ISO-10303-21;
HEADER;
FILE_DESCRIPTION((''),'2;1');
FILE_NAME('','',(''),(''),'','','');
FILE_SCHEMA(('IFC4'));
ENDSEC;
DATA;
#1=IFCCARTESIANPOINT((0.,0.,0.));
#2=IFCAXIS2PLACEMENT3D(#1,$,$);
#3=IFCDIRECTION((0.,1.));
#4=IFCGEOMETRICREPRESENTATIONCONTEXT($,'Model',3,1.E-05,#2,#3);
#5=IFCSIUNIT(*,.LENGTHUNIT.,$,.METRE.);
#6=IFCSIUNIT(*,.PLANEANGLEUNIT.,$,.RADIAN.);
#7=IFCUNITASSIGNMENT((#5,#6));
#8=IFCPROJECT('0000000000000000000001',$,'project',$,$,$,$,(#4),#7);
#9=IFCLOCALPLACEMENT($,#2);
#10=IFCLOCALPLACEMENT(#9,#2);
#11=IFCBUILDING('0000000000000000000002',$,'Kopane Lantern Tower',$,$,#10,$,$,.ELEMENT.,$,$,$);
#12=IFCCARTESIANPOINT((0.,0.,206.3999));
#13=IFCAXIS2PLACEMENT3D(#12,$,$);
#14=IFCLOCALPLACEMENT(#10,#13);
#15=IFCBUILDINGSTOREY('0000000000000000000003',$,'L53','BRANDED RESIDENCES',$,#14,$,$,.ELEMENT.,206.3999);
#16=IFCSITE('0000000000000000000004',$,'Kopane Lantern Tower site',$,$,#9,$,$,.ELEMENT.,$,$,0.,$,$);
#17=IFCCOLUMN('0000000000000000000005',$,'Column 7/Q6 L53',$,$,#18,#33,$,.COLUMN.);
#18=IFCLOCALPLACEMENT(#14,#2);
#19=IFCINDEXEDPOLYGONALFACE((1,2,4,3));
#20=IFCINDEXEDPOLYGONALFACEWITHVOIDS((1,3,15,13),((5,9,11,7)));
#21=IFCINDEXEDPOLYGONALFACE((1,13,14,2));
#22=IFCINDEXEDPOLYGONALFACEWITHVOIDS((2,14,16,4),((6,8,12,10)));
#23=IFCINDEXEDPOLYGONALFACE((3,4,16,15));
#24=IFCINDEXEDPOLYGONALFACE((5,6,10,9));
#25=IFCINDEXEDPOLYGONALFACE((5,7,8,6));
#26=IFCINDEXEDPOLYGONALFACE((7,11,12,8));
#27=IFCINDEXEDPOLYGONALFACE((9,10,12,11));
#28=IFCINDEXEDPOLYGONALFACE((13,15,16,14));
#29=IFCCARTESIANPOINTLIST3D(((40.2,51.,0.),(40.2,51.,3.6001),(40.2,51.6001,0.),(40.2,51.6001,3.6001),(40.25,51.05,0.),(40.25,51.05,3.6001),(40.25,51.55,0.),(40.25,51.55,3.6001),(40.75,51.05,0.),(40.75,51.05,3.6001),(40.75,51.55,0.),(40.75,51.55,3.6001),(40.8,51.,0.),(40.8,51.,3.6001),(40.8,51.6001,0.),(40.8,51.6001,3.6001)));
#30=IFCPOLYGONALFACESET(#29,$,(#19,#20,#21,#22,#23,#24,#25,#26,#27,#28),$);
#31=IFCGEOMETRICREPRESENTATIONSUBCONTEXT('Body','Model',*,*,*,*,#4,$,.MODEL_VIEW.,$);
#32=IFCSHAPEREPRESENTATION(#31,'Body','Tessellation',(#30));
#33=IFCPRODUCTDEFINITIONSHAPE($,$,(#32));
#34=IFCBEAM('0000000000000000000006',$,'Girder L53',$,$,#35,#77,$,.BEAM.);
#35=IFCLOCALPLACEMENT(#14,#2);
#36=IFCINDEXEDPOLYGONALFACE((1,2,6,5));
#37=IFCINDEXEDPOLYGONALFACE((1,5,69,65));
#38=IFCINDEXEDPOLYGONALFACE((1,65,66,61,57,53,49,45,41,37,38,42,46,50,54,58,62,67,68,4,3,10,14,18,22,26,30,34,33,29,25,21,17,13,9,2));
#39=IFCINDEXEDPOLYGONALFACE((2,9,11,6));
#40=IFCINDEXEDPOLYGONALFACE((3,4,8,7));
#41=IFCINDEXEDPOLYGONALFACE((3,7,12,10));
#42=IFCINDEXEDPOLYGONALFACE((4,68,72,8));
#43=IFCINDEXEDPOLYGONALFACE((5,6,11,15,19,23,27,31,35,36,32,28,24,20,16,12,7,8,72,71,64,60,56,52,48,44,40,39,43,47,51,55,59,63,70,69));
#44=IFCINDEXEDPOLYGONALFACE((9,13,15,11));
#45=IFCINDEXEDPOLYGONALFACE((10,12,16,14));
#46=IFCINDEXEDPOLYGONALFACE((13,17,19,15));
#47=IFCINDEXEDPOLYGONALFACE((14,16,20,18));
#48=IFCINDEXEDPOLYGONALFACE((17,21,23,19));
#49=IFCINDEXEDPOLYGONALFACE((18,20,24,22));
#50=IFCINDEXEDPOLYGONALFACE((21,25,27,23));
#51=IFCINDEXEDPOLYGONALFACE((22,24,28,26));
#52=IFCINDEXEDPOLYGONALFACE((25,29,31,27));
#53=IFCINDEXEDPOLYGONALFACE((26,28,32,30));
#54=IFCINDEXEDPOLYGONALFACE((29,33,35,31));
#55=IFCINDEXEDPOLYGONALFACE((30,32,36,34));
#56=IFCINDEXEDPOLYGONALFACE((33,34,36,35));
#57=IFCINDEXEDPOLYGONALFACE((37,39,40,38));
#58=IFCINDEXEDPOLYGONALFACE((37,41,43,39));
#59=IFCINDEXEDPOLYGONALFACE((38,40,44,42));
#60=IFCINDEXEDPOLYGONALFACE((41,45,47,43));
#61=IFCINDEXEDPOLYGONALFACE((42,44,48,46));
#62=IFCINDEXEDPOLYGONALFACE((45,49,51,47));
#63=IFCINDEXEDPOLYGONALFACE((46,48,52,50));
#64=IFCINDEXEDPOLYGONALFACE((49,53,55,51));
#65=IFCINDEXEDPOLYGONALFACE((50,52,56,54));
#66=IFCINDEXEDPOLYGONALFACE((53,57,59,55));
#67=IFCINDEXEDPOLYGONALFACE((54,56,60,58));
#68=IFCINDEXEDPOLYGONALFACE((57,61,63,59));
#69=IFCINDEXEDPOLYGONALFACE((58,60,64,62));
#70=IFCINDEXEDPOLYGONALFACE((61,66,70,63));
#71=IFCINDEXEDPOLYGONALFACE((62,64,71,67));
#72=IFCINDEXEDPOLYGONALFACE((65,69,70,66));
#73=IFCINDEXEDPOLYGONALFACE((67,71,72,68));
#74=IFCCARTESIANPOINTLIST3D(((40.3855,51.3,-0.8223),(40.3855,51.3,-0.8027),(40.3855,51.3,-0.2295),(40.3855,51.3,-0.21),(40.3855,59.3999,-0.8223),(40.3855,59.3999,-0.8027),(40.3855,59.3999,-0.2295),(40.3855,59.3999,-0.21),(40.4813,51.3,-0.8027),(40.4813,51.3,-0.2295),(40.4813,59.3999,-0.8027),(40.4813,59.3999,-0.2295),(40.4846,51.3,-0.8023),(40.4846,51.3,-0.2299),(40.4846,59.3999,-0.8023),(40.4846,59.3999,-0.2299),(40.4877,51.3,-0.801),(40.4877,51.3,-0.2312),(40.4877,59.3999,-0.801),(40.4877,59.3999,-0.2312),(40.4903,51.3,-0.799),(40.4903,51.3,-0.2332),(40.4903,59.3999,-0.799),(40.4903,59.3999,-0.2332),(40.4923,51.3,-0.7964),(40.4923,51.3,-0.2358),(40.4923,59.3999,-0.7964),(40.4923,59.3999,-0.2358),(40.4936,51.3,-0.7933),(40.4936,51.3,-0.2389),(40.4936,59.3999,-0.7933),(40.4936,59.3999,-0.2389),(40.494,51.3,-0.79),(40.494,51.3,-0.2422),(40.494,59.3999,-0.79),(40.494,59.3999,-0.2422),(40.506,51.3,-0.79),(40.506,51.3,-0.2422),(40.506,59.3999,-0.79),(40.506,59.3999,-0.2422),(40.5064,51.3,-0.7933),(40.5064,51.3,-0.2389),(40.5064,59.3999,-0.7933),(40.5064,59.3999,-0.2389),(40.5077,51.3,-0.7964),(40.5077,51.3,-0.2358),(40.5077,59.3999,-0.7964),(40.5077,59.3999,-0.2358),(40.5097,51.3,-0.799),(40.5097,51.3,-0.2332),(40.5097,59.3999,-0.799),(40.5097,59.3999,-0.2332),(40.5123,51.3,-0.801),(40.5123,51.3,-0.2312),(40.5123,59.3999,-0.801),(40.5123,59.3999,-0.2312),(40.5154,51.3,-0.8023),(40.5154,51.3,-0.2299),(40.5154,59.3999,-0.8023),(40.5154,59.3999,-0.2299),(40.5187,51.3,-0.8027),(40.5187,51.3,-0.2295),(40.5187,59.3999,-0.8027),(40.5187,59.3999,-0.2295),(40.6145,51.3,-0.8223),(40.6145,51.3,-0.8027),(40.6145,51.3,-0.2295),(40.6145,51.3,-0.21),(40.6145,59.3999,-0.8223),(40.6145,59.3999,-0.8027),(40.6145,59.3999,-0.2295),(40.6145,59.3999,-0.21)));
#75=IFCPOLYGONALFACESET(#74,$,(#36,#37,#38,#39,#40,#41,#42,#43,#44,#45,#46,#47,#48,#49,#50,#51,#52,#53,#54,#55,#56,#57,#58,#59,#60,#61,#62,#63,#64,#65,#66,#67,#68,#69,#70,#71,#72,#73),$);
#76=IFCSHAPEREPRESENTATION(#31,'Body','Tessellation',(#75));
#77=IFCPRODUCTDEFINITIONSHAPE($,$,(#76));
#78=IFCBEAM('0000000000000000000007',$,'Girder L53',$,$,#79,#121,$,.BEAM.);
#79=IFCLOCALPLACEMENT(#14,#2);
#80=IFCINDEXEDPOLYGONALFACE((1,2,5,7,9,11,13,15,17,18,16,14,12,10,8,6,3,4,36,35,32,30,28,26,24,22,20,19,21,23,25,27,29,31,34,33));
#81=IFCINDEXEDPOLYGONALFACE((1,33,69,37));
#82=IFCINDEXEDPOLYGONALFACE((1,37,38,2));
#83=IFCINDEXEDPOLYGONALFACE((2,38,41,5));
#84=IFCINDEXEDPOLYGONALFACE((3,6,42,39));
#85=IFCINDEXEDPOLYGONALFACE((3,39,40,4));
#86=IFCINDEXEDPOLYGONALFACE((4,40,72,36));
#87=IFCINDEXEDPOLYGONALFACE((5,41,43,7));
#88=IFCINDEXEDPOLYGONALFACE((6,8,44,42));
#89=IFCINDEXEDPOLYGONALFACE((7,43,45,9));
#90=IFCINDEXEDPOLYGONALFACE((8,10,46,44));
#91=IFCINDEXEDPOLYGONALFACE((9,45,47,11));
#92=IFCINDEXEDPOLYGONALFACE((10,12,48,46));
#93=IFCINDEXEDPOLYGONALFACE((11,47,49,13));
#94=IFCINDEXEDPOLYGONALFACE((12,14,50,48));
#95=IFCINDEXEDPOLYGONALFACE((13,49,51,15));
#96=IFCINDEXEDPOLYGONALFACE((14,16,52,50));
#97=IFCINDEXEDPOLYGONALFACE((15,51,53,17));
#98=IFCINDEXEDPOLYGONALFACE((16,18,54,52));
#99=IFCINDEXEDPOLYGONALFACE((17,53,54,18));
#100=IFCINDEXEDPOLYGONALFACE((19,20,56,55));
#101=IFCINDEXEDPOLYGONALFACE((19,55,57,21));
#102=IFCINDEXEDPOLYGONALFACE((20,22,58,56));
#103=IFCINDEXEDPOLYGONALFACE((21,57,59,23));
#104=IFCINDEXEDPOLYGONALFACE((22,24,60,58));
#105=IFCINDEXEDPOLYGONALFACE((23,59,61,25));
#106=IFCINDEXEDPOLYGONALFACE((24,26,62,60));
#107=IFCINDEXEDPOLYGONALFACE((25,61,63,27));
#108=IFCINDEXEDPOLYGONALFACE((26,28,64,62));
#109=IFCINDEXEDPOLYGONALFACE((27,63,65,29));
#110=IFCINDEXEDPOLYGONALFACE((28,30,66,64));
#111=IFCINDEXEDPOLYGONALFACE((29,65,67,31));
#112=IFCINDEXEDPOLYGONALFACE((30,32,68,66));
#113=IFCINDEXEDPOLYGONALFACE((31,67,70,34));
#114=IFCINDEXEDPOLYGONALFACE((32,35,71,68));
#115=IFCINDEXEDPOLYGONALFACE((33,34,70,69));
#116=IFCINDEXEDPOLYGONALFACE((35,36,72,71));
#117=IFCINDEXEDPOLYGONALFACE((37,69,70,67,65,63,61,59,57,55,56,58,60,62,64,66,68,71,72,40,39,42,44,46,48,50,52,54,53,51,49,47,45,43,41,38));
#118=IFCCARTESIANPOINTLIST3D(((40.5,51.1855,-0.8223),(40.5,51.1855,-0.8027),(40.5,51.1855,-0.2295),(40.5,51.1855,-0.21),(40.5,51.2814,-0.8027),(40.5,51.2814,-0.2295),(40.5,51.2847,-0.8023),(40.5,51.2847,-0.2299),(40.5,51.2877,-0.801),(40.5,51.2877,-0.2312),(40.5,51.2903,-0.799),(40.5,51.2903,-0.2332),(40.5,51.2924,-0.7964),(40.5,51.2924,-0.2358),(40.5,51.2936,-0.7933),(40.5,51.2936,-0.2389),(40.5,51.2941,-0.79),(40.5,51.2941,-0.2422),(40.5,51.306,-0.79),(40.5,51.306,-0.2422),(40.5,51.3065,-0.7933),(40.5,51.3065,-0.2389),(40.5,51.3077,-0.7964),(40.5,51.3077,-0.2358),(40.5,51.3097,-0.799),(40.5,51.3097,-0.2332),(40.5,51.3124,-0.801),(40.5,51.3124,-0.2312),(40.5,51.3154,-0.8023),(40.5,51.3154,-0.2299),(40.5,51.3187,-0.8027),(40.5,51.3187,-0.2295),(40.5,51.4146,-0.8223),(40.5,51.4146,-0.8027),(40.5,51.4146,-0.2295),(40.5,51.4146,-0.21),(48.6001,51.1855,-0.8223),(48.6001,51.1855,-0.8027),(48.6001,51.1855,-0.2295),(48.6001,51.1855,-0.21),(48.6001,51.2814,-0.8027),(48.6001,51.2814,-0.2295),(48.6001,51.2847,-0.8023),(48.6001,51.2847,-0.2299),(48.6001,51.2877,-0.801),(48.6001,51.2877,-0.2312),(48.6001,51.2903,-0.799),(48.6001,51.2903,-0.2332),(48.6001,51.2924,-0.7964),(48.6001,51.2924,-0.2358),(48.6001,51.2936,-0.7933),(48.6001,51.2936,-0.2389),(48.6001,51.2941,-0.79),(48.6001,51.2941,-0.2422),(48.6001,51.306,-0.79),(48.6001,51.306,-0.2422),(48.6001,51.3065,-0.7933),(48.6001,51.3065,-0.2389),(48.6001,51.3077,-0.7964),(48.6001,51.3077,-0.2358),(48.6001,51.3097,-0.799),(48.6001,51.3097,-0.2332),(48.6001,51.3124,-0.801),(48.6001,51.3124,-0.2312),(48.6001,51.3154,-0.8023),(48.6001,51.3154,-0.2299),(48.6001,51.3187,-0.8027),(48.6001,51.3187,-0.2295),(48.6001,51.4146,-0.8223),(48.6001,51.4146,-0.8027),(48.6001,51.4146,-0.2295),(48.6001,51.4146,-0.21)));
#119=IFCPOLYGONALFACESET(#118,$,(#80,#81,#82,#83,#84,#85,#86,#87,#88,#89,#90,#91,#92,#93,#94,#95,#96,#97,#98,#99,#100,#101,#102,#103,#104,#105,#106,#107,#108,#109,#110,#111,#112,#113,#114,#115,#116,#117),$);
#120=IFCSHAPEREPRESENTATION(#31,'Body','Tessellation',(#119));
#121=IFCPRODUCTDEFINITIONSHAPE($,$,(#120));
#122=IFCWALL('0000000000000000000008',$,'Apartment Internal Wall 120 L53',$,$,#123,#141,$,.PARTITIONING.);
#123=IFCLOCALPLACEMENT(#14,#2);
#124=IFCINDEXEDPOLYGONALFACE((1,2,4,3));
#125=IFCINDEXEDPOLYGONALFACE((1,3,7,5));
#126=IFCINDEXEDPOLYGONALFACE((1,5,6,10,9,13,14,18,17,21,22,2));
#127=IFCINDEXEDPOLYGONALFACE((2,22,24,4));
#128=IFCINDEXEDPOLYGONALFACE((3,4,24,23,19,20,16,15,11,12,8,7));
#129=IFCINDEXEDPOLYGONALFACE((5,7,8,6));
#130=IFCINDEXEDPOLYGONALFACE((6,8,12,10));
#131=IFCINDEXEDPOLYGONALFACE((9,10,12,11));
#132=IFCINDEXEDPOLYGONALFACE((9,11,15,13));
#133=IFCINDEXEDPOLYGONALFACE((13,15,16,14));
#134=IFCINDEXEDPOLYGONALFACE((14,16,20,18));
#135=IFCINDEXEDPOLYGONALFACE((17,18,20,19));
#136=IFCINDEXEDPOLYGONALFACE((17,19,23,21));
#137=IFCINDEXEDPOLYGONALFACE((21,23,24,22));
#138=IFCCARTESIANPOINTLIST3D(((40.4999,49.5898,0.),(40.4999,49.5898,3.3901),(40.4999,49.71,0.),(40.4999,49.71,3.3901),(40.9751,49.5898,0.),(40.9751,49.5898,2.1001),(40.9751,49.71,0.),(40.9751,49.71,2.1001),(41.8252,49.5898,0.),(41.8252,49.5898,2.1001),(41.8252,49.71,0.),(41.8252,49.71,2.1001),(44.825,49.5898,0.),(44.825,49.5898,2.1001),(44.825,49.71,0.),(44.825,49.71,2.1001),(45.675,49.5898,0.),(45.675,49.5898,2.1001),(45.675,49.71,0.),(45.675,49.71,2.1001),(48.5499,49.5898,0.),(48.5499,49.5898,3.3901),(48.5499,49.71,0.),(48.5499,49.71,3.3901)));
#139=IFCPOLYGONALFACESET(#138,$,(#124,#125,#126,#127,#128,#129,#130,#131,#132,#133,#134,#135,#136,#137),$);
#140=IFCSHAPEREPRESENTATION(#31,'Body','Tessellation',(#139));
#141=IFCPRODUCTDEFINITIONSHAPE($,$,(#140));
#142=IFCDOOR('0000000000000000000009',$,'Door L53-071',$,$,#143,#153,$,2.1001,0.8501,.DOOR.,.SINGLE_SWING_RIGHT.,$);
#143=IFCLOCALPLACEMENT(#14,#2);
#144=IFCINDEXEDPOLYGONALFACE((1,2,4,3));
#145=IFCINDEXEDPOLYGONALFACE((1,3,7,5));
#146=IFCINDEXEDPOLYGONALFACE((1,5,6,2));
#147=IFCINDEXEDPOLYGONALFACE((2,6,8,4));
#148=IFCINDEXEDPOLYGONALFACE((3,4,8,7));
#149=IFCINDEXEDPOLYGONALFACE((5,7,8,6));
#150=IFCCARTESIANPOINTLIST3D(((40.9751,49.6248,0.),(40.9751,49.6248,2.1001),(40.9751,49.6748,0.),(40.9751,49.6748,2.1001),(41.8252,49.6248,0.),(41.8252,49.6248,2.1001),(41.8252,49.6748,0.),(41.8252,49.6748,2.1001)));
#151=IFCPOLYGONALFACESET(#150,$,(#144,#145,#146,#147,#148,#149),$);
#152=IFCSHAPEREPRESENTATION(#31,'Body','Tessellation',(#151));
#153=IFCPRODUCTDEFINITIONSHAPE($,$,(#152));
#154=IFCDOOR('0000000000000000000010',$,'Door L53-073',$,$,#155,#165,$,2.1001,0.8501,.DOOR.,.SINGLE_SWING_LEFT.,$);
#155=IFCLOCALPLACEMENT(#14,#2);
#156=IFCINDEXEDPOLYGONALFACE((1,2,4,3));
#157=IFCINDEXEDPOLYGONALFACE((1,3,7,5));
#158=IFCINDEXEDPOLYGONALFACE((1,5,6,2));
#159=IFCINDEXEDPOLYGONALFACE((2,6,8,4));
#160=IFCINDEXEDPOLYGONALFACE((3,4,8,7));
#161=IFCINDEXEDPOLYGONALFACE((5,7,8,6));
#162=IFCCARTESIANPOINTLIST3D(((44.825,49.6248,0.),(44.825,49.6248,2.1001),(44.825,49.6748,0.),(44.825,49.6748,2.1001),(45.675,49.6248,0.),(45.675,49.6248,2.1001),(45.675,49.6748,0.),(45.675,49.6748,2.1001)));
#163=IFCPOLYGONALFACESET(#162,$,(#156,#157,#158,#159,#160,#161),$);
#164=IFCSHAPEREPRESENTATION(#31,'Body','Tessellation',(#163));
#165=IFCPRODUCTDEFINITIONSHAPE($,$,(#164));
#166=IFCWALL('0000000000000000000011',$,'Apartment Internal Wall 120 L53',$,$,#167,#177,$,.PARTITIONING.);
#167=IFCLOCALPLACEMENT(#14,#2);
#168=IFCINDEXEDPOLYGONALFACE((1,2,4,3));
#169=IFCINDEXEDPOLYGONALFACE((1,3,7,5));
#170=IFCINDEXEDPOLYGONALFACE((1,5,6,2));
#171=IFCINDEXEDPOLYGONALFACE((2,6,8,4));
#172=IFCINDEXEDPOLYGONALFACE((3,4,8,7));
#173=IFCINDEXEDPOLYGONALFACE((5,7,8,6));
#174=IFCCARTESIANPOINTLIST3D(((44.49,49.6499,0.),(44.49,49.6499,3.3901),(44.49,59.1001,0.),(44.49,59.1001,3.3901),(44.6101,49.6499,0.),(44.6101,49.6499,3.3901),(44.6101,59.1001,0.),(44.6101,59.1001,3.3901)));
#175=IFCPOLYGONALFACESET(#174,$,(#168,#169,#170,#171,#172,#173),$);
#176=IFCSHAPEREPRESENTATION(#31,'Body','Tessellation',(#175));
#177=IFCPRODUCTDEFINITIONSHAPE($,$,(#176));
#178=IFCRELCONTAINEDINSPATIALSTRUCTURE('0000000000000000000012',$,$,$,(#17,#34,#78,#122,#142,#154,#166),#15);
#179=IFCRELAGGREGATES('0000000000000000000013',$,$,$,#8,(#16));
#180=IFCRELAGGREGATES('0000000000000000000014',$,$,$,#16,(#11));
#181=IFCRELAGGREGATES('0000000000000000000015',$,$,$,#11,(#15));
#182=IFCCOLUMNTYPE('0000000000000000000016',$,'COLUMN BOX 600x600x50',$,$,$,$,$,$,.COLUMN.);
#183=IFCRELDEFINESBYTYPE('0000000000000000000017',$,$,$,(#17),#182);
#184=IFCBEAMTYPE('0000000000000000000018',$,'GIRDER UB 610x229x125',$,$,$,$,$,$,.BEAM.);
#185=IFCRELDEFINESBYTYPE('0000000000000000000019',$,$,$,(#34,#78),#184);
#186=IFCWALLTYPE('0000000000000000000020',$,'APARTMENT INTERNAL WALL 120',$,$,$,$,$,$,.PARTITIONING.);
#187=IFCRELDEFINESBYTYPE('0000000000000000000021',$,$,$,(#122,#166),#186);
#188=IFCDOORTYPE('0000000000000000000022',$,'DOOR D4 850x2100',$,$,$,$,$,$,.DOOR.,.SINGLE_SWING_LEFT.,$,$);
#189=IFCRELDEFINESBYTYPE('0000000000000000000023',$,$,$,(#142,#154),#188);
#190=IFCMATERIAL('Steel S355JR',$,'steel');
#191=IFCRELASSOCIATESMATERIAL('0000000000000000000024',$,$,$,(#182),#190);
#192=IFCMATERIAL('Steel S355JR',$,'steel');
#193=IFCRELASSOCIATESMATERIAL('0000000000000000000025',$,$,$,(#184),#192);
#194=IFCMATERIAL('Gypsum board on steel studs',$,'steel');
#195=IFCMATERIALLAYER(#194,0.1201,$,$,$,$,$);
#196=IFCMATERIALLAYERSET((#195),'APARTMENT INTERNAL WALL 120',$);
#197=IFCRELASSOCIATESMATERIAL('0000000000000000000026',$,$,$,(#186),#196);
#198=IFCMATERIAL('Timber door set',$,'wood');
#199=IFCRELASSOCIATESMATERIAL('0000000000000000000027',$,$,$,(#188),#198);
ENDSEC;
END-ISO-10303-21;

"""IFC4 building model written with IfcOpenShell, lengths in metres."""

from ifc_helpers import new_model, si_unit, direction, frame, frame_2d, origin, origin_2d, place, context, subcontext, project, spatial, rectangle, hollow_rectangle, i_section, extrude, material, layer, layer_set, material_profile, profile_set, type_object, element, fill, save


model = new_model("IFC4")

# Units and contexts
model_context = context("Model", 3, precision=1e-05, world=origin(), true_north=direction((0.0, 1.0)))
body_context = subcontext(model_context, "Body", "Model", "MODEL_VIEW")
ifc_project = project(units=[si_unit("LENGTHUNIT", "METRE"), si_unit("PLANEANGLEUNIT", "RADIAN")], contexts=[model_context])

# Site, building, storey
site_placement = place(None, origin())
site = spatial("IfcSite", under=ifc_project, at=site_placement, Name="Kopane Lantern Tower site", CompositionType="ELEMENT", RefElevation=0.0)
building_placement = place(site_placement, origin())
building = spatial("IfcBuilding", under=site, at=building_placement, Name="Kopane Lantern Tower", CompositionType="ELEMENT")
storey_placement = place(building_placement, frame((0.0, 0.0, 206.3999)))
storey = spatial("IfcBuildingStorey", under=building, at=storey_placement, Name="L53", Description="BRANDED RESIDENCES", CompositionType="ELEMENT", Elevation=206.3999)

# Column
ifc_material_1 = material(Name="Steel S355JR", Category="steel")
ifc_material_profile_1 = material_profile(ifc_material_1, hollow_rectangle(XDim=0.6001, YDim=0.6001, WallThickness=0.05, at=origin_2d()), Name="BOX 600x600x50")
ifc_profile_set_1 = profile_set([ifc_material_profile_1], Name="Steel S355JR")
column_type = type_object("IfcColumnType", Name="COLUMN BOX 600x600x50", PredefinedType="COLUMN", material=ifc_profile_set_1)
column_placement = place(storey_placement, frame((40.5, 51.3, 0.0), z_axis=(0.0, 0.0, 1.0), x_axis=(1.0, 0.0, 0.0)))
element("IfcColumn", 1, at=column_placement, inside=storey, type_object=column_type, Name="Column 7/Q6 L53", PredefinedType="COLUMN", context=body_context, shape_type="SweptSolid", body=[
    extrude(hollow_rectangle(XDim=0.6001, YDim=0.6001, WallThickness=0.05, at=origin_2d()), origin(), (0.0, 0.0, 1.0), 3.6001),
])

# Beams
ifc_material_2 = material(Name="Steel S355JR", Category="steel")
ifc_material_profile_2 = material_profile(ifc_material_2, i_section(OverallWidth=0.229, OverallDepth=0.6123, WebThickness=0.012, FlangeThickness=0.0195, FilletRadius=0.0127, at=origin_2d()), Name="UB 610x229x125")
ifc_profile_set_2 = profile_set([ifc_material_profile_2], Name="Steel S355JR")
beam_type = type_object("IfcBeamType", Name="GIRDER UB 610x229x125", PredefinedType="BEAM", material=ifc_profile_set_2)
beam_1_placement = place(storey_placement, frame((40.5, 51.3, -0.5161), z_axis=(0.0, 1.0, 0.0), x_axis=(-1.0, 0.0, 0.0)))
element("IfcBeam", 2, at=beam_1_placement, inside=storey, type_object=beam_type, Name="Girder L53", PredefinedType="BEAM", context=body_context, shape_type="SweptSolid", body=[
    extrude(i_section(OverallWidth=0.229, OverallDepth=0.6123, WebThickness=0.012, FlangeThickness=0.0195, FilletRadius=0.0127, at=origin_2d()), origin(), (0.0, 0.0, 1.0), 8.0999),
])
beam_2_placement = place(storey_placement, frame((40.5, 51.3, -0.5161), z_axis=(1.0, 0.0, 0.0), x_axis=(0.0, 1.0, 0.0)))
element("IfcBeam", 3, at=beam_2_placement, inside=storey, type_object=beam_type, Name="Girder L53", PredefinedType="BEAM", context=body_context, shape_type="SweptSolid", body=[
    extrude(i_section(OverallWidth=0.229, OverallDepth=0.6123, WebThickness=0.012, FlangeThickness=0.0195, FilletRadius=0.0127, at=origin_2d()), origin(), (0.0, 0.0, 1.0), 8.1001),
])

# Wall, openings, doors
ifc_material_3 = material(Name="Gypsum board on steel studs", Category="steel")
ifc_layer = layer(ifc_material_3, 0.1201)
ifc_layer_set = layer_set([ifc_layer], Name="APARTMENT INTERNAL WALL 120")
wall_type = type_object("IfcWallType", Name="APARTMENT INTERNAL WALL 120", PredefinedType="PARTITIONING", material=ifc_layer_set)
wall_1_placement = place(storey_placement, frame((40.5, 49.6499, 0.0), z_axis=(0.0, 0.0, 1.0), x_axis=(1.0, 0.0, 0.0)))
wall_1 = element("IfcWall", 4, at=wall_1_placement, inside=storey, type_object=wall_type, Name="Apartment Internal Wall 120 L53", PredefinedType="PARTITIONING", context=body_context, shape_type="SweptSolid", body=[
    extrude(rectangle(XDim=8.05, YDim=0.1201, at=frame_2d((4.0249, 0.0))), origin(), (0.0, 0.0, 1.0), 3.3901),
])
opening_1_placement = place(wall_1_placement, frame((0.4751, 0.0, 0.0)))
opening_1 = element("IfcOpeningElement", 5, at=opening_1_placement, cuts=wall_1, PredefinedType="OPENING", context=body_context, shape_type="SweptSolid", body=[
    extrude(rectangle(XDim=0.8501, YDim=2.1001, at=frame_2d((0.425, 1.05))), frame((0.0, 0.0701, 0.0), z_axis=(0.0, -1.0, 0.0), x_axis=(1.0, 0.0, 0.0)), (0.0, 0.0, 1.0), 0.1401),
])
opening_2_placement = place(wall_1_placement, frame((4.325, 0.0, 0.0)))
opening_2 = element("IfcOpeningElement", 6, at=opening_2_placement, cuts=wall_1, PredefinedType="OPENING", context=body_context, shape_type="SweptSolid", body=[
    extrude(rectangle(XDim=0.8501, YDim=2.1001, at=frame_2d((0.425, 1.05))), frame((0.0, 0.0701, 0.0), z_axis=(0.0, -1.0, 0.0), x_axis=(1.0, 0.0, 0.0)), (0.0, 0.0, 1.0), 0.1401),
])
ifc_material_4 = material(Name="Timber door set", Category="wood")
door_type = type_object("IfcDoorType", Name="DOOR D4 850x2100", OperationType="SINGLE_SWING_LEFT", PredefinedType="DOOR", material=ifc_material_4)
door_1_placement = place(opening_1_placement, origin())
door_1 = element("IfcDoor", 7, at=door_1_placement, inside=storey, type_object=door_type, Name="Door L53-071", OperationType="SINGLE_SWING_RIGHT", OverallHeight=2.1001, OverallWidth=0.8501, PredefinedType="DOOR", context=body_context, shape_type="SweptSolid", body=[
    extrude(rectangle(XDim=0.8501, YDim=2.1001, at=frame_2d((0.425, 1.05))), frame((0.0, 0.0249, 0.0), z_axis=(0.0, -1.0, 0.0), x_axis=(1.0, 0.0, 0.0)), (0.0, 0.0, 1.0), 0.05),
])
fill(opening_1, door_1)
door_2_placement = place(opening_2_placement, origin())
door_2 = element("IfcDoor", 8, at=door_2_placement, inside=storey, type_object=door_type, Name="Door L53-073", OperationType="SINGLE_SWING_LEFT", OverallHeight=2.1001, OverallWidth=0.8501, PredefinedType="DOOR", context=body_context, shape_type="SweptSolid", body=[
    extrude(rectangle(XDim=0.8501, YDim=2.1001, at=frame_2d((0.425, 1.05))), frame((0.0, 0.0249, 0.0), z_axis=(0.0, -1.0, 0.0), x_axis=(1.0, 0.0, 0.0)), (0.0, 0.0, 1.0), 0.05),
])
fill(opening_2, door_2)

# Wall
wall_2_placement = place(storey_placement, frame((44.55, 49.6499, 0.0), z_axis=(0.0, 0.0, 1.0), x_axis=(0.0, 1.0, 0.0)))
element("IfcWall", 9, at=wall_2_placement, inside=storey, type_object=wall_type, Name="Apartment Internal Wall 120 L53", PredefinedType="PARTITIONING", context=body_context, shape_type="SweptSolid", body=[
    extrude(rectangle(XDim=9.4502, YDim=0.1201, at=frame_2d((4.7251, 0.0))), origin(), (0.0, 0.0, 1.0), 3.3901),
])

save(model, "model.ifc")
